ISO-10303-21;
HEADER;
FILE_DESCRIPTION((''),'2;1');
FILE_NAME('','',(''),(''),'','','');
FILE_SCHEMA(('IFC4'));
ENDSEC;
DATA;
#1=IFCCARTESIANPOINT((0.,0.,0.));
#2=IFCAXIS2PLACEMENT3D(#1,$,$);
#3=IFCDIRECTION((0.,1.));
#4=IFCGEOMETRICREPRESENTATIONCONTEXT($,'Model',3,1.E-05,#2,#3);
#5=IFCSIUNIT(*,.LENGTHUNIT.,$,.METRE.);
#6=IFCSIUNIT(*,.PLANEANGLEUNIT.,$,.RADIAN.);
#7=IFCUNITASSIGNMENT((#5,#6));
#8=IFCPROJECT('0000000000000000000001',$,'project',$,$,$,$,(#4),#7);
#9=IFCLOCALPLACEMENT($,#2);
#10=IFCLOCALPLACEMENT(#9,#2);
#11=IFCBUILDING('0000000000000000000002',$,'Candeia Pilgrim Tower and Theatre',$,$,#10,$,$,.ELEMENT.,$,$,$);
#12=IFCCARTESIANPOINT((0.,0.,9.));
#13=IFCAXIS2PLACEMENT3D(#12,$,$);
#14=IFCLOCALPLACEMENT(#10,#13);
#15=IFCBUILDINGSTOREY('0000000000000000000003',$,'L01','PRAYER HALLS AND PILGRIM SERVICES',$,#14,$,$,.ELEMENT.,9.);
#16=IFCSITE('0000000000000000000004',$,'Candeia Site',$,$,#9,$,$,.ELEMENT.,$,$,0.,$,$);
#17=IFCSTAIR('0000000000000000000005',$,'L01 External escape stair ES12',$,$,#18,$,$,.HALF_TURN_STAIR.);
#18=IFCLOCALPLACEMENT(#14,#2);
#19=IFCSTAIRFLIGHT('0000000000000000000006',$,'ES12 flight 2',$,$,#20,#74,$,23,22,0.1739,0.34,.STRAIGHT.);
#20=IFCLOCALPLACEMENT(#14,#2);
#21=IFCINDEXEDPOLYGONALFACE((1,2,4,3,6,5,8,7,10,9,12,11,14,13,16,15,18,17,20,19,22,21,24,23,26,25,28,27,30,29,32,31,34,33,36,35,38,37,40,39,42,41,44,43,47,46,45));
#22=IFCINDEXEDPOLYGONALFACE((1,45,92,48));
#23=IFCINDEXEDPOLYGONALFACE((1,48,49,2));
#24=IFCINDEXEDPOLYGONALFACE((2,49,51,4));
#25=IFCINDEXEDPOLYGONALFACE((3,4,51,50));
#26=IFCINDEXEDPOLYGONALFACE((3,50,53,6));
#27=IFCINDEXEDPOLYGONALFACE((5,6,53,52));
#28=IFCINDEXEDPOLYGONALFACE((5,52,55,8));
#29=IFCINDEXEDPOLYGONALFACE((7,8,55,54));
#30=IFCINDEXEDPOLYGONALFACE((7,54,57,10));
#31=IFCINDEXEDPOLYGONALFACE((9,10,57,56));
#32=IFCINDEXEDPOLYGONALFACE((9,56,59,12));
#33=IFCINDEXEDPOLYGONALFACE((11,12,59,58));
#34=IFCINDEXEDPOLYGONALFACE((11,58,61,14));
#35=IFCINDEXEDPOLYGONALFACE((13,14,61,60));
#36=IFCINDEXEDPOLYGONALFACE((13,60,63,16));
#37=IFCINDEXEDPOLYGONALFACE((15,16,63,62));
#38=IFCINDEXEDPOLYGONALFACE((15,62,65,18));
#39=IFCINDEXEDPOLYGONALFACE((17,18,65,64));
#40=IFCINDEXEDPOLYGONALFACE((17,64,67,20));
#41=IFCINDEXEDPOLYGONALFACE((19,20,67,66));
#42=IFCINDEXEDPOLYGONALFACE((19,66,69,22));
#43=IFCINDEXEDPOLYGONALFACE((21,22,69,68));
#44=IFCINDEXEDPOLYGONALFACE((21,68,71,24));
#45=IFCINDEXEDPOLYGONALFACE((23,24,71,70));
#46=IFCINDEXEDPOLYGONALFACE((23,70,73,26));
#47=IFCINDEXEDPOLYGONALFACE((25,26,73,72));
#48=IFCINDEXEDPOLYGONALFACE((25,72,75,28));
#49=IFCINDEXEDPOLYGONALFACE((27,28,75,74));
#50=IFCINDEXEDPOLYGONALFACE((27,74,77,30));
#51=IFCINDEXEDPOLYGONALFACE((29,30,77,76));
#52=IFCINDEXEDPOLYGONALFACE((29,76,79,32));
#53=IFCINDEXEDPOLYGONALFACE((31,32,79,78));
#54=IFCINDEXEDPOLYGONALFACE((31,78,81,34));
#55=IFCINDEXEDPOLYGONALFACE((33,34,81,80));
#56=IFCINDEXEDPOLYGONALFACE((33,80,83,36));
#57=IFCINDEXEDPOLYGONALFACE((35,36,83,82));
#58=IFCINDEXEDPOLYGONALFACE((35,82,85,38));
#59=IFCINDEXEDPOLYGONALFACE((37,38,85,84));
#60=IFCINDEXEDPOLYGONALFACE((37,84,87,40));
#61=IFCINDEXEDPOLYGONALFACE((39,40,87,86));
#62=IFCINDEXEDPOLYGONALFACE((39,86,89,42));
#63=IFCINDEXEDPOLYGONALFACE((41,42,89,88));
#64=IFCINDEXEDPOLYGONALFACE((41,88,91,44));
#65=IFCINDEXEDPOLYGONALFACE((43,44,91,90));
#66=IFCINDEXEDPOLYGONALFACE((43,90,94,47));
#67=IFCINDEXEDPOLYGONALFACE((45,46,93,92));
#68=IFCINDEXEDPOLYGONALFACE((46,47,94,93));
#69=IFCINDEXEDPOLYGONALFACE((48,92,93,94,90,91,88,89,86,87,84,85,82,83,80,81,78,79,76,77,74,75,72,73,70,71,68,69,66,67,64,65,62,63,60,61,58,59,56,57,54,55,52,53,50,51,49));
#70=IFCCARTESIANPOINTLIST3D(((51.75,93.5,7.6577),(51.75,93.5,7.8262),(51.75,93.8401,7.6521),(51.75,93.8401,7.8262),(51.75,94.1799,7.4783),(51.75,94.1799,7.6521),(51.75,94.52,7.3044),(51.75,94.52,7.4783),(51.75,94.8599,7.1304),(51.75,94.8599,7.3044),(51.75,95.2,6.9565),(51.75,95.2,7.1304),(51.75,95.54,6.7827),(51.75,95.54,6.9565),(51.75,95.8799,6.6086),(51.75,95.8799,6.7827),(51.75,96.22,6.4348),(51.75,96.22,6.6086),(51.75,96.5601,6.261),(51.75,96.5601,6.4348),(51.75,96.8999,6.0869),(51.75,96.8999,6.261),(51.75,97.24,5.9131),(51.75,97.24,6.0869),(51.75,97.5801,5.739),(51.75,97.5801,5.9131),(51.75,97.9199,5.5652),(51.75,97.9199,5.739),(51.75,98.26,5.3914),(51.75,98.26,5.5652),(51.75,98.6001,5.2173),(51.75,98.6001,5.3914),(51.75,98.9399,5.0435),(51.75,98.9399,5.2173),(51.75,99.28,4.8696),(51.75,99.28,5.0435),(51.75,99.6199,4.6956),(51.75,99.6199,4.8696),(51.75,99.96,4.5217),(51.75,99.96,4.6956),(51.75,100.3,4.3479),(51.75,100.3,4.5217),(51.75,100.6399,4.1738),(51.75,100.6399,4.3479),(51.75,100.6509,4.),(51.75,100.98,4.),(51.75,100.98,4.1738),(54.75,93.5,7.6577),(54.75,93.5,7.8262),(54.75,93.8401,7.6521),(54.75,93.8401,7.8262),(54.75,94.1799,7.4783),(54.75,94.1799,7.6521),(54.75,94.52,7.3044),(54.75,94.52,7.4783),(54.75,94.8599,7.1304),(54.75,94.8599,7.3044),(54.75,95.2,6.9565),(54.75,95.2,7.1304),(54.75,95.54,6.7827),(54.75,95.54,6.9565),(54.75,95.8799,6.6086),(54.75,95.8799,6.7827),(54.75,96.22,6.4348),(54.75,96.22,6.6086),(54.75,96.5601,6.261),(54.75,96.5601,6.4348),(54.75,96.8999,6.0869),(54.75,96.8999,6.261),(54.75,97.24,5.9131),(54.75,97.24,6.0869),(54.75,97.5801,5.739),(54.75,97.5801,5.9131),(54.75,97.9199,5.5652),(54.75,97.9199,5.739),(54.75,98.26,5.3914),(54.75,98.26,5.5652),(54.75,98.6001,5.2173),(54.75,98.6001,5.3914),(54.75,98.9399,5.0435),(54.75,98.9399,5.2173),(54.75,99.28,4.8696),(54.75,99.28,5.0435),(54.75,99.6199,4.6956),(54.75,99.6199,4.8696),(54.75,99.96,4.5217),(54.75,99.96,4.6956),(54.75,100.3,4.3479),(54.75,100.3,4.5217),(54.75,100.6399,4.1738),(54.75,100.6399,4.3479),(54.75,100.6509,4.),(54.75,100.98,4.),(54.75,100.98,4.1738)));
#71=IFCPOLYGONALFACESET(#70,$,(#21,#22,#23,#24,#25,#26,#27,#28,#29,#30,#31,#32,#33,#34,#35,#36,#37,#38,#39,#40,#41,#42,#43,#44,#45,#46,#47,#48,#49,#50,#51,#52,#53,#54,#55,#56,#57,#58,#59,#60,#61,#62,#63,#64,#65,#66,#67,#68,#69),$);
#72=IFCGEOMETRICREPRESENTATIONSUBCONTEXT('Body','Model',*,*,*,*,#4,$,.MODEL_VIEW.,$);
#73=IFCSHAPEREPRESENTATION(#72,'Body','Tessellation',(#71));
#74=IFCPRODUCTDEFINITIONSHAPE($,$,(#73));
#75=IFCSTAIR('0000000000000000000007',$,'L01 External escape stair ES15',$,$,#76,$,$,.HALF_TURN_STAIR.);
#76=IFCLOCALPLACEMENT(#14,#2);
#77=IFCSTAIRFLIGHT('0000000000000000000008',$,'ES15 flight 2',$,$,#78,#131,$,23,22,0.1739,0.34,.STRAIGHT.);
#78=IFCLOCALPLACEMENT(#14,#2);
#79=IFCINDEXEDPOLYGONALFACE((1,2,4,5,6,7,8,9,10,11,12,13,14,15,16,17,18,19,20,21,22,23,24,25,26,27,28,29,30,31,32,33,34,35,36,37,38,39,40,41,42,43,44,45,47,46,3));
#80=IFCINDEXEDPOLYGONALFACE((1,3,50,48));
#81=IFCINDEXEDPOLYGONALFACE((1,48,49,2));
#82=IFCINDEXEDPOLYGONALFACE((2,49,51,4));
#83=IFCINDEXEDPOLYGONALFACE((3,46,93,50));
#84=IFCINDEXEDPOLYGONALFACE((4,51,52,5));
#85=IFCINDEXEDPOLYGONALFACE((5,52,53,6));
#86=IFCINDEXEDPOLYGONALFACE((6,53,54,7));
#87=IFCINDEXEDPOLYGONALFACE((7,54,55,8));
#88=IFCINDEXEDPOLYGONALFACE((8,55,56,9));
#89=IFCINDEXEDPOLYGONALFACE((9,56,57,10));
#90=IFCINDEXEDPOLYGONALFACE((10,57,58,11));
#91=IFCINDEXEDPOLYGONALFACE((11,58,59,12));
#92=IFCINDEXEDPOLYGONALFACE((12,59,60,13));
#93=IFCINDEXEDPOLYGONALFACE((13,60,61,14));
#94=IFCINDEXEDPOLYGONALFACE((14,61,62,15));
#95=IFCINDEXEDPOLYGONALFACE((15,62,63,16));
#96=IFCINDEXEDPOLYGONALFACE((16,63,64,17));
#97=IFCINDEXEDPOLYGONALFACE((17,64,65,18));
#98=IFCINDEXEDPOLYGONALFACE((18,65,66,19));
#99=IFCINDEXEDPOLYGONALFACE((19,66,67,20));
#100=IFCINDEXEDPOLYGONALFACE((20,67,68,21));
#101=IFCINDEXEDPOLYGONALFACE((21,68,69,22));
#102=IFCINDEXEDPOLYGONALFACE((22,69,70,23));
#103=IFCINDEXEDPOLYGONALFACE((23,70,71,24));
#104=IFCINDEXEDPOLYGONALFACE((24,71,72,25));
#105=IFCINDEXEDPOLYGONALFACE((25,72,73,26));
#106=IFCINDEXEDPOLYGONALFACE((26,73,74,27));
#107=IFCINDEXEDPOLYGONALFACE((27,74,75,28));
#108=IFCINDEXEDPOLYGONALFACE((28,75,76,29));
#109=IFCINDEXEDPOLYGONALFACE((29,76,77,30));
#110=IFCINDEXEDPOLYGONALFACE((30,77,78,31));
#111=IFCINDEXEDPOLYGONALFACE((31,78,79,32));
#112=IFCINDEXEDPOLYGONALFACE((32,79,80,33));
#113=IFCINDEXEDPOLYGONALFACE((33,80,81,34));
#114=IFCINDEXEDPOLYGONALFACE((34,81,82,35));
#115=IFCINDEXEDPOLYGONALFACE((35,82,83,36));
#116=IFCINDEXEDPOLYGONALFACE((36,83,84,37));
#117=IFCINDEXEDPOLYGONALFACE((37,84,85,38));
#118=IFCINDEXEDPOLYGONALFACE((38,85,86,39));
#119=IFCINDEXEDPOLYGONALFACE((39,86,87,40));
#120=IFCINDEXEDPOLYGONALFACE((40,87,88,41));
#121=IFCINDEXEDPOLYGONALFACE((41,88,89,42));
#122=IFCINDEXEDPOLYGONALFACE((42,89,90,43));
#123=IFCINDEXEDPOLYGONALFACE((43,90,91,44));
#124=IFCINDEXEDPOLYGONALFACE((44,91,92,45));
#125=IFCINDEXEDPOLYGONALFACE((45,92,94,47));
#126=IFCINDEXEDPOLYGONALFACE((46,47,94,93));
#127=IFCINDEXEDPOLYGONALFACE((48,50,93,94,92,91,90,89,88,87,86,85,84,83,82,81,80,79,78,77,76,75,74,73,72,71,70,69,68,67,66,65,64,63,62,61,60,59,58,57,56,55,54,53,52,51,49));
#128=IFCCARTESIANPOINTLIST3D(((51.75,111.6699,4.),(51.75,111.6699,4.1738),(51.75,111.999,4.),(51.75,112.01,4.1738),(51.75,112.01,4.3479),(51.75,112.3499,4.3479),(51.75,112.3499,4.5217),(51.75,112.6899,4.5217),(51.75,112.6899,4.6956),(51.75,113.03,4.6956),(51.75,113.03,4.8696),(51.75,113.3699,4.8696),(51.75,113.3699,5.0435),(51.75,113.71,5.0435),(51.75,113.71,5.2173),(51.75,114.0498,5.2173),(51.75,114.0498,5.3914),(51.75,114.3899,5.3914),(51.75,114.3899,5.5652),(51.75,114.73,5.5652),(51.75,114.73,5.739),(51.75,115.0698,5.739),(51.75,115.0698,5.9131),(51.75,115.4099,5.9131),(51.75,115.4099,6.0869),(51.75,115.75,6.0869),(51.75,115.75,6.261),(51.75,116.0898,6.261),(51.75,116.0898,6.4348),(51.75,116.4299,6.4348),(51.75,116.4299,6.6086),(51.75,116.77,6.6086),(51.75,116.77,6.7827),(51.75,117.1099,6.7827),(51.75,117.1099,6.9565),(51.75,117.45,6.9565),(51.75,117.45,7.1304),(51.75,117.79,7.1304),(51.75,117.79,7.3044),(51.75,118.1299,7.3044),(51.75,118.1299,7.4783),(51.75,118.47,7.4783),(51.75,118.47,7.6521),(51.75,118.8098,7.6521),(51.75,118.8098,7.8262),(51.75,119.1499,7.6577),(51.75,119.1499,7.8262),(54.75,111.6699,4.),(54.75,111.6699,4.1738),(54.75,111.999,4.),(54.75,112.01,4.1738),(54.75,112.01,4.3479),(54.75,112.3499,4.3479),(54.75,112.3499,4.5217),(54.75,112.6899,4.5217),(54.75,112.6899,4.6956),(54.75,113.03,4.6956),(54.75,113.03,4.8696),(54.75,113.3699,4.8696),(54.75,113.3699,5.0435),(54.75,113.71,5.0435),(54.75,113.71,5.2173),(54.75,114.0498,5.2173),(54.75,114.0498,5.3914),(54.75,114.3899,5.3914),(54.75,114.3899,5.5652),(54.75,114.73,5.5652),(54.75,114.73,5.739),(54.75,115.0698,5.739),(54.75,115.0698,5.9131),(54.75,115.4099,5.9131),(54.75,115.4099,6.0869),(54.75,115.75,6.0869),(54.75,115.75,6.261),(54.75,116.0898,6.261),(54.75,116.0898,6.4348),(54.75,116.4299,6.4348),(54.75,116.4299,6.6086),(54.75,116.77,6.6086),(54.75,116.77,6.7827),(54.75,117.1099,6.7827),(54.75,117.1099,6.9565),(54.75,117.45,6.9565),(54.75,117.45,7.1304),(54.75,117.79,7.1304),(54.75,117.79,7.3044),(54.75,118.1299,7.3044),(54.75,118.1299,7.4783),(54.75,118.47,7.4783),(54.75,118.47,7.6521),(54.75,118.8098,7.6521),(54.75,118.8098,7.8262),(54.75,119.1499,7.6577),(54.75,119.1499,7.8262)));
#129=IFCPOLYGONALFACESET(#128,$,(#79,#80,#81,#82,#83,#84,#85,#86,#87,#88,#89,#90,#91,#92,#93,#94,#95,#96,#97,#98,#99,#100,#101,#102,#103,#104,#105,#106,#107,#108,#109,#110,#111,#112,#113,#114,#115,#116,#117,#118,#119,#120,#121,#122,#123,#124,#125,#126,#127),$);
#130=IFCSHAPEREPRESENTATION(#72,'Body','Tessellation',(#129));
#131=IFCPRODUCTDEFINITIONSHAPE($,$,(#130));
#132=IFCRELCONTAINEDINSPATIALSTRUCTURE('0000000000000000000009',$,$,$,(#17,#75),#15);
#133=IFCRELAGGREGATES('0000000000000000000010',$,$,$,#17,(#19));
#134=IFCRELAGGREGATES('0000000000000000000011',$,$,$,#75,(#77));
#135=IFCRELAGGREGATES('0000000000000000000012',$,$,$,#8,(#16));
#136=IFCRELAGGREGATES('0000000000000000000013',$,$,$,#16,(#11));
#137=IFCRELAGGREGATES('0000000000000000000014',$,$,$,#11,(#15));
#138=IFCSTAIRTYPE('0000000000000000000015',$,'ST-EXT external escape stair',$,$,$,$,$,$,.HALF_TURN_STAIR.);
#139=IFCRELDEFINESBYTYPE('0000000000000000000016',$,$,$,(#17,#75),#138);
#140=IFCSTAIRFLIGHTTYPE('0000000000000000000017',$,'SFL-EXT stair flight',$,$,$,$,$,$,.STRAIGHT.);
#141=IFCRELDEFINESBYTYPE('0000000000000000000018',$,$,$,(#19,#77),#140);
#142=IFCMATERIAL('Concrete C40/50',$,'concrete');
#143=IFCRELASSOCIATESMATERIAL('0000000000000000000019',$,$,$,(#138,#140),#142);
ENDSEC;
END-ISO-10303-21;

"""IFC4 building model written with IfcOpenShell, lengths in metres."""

from ifc_helpers import new_model, si_unit, direction, frame, origin, place, context, subcontext, project, spatial, polyline, outline, extrude, material, type_object, element, aggregate, save


model = new_model("IFC4")

# Units and contexts
model_context = context("Model", 3, precision=1e-05, world=origin(), true_north=direction((0.0, 1.0)))
body_context = subcontext(model_context, "Body", "Model", "MODEL_VIEW")
ifc_project = project(units=[si_unit("LENGTHUNIT", "METRE"), si_unit("PLANEANGLEUNIT", "RADIAN")], contexts=[model_context])

# Site, building, storey
site_placement = place(None, origin())
site = spatial("IfcSite", under=ifc_project, at=site_placement, Name="Candeia Site", CompositionType="ELEMENT", RefElevation=0.0)
building_placement = place(site_placement, origin())
building = spatial("IfcBuilding", under=site, at=building_placement, Name="Candeia Pilgrim Tower and Theatre", CompositionType="ELEMENT")
storey_placement = place(building_placement, frame((0.0, 0.0, 9.0)))
storey = spatial("IfcBuildingStorey", under=building, at=storey_placement, Name="L01", Description="PRAYER HALLS AND PILGRIM SERVICES", CompositionType="ELEMENT", Elevation=9.0)

# Shared definitions
ifc_material_1 = material(Name="Concrete C40/50", Category="concrete")

# Shared definitions
stair_type = type_object("IfcStairType", Name="ST-EXT external escape stair", PredefinedType="HALF_TURN_STAIR", material=ifc_material_1)
stair_flight_type = type_object("IfcStairFlightType", Name="SFL-EXT stair flight", PredefinedType="STRAIGHT", material=ifc_material_1)

# Stair, stair flight
stair_1_placement = place(storey_placement, origin())
stair_1 = element("IfcStair", 1, at=stair_1_placement, inside=storey, type_object=stair_type, Name="L01 External escape stair ES12", PredefinedType="HALF_TURN_STAIR")
stair_flight_1_placement = place(storey_placement, frame((53.25, 100.98, 4.0), z_axis=(0.0, 0.0, 1.0), x_axis=(0.0, -1.0, 0.0)))
stair_flight_1 = element("IfcStairFlight", 2, at=stair_flight_1_placement, type_object=stair_flight_type, Name="ES12 flight 2", NumberOfRisers=23, NumberOfTreads=22, PredefinedType="STRAIGHT", RiserHeight=0.1739, TreadLength=0.34, context=body_context, shape_type="SweptSolid", body=[
    extrude(outline(polyline([(0.0, 0.0), (0.0, 0.1738), (0.3401, 0.1738), (0.3401, 0.3479), (0.6799, 0.3479), (0.6799, 0.5217), (1.02, 0.5217), (1.02, 0.6956), (1.3601, 0.6956), (1.3601, 0.8696), (1.7, 0.8696), (1.7, 1.0435), (2.04, 1.0435), (2.04, 1.2173), (2.3799, 1.2173), (2.3799, 1.3914), (2.72, 1.3914), (2.72, 1.5652), (3.0601, 1.5652), (3.0601, 1.739), (3.3999, 1.739), (3.3999, 1.9131), (3.74, 1.9131), (3.74, 2.0869), (4.0801, 2.0869), (4.0801, 2.261), (4.4199, 2.261), (4.4199, 2.4348), (4.76, 2.4348), (4.76, 2.6086), (5.1001, 2.6086), (5.1001, 2.7827), (5.4399, 2.7827), (5.4399, 2.9565), (5.78, 2.9565), (5.78, 3.1304), (6.1201, 3.1304), (6.1201, 3.3044), (6.46, 3.3044), (6.46, 3.4783), (6.8, 3.4783), (6.8, 3.6521), (7.1399, 3.6521), (7.1399, 3.8262), (7.48, 3.8262), (7.48, 4.0), (7.48, 3.6577), (0.3291, 0.0), (0.0, 0.0)])), frame((0.0, 1.5, 0.0), z_axis=(0.0, -1.0, 0.0), x_axis=(1.0, 0.0, 0.0)), (0.0, 0.0, 1.0), 3.0),
])
aggregate(stair_1, [stair_flight_1])

# Stair, stair flight
stair_2_placement = place(storey_placement, origin())
stair_2 = element("IfcStair", 3, at=stair_2_placement, inside=storey, type_object=stair_type, Name="L01 External escape stair ES15", PredefinedType="HALF_TURN_STAIR")
stair_flight_2_placement = place(storey_placement, frame((53.25, 111.6699, 4.0), z_axis=(0.0, 0.0, 1.0), x_axis=(0.0, 1.0, 0.0)))
stair_flight_2 = element("IfcStairFlight", 4, at=stair_flight_2_placement, type_object=stair_flight_type, Name="ES15 flight 2", NumberOfRisers=23, NumberOfTreads=22, PredefinedType="STRAIGHT", RiserHeight=0.1739, TreadLength=0.34, context=body_context, shape_type="SweptSolid", body=[
    extrude(outline(polyline([(0.0, 0.0), (0.0, 0.1738), (0.3401, 0.1738), (0.3401, 0.3479), (0.6799, 0.3479), (0.6799, 0.5217), (1.02, 0.5217), (1.02, 0.6956), (1.3601, 0.6956), (1.3601, 0.8696), (1.7, 0.8696), (1.7, 1.0435), (2.04, 1.0435), (2.04, 1.2173), (2.3799, 1.2173), (2.3799, 1.3914), (2.72, 1.3914), (2.72, 1.5652), (3.0601, 1.5652), (3.0601, 1.739), (3.3999, 1.739), (3.3999, 1.9131), (3.74, 1.9131), (3.74, 2.0869), (4.0801, 2.0869), (4.0801, 2.261), (4.4199, 2.261), (4.4199, 2.4348), (4.76, 2.4348), (4.76, 2.6086), (5.1001, 2.6086), (5.1001, 2.7827), (5.4399, 2.7827), (5.4399, 2.9565), (5.78, 2.9565), (5.78, 3.1304), (6.1201, 3.1304), (6.1201, 3.3044), (6.46, 3.3044), (6.46, 3.4783), (6.8, 3.4783), (6.8, 3.6521), (7.1399, 3.6521), (7.1399, 3.8262), (7.48, 3.8262), (7.48, 4.0), (7.48, 3.6577), (0.3291, 0.0), (0.0, 0.0)])), frame((0.0, 1.5, 0.0), z_axis=(0.0, -1.0, 0.0), x_axis=(1.0, 0.0, 0.0)), (0.0, 0.0, 1.0), 3.0),
])
aggregate(stair_2, [stair_flight_2])

save(model, "model.ifc")
